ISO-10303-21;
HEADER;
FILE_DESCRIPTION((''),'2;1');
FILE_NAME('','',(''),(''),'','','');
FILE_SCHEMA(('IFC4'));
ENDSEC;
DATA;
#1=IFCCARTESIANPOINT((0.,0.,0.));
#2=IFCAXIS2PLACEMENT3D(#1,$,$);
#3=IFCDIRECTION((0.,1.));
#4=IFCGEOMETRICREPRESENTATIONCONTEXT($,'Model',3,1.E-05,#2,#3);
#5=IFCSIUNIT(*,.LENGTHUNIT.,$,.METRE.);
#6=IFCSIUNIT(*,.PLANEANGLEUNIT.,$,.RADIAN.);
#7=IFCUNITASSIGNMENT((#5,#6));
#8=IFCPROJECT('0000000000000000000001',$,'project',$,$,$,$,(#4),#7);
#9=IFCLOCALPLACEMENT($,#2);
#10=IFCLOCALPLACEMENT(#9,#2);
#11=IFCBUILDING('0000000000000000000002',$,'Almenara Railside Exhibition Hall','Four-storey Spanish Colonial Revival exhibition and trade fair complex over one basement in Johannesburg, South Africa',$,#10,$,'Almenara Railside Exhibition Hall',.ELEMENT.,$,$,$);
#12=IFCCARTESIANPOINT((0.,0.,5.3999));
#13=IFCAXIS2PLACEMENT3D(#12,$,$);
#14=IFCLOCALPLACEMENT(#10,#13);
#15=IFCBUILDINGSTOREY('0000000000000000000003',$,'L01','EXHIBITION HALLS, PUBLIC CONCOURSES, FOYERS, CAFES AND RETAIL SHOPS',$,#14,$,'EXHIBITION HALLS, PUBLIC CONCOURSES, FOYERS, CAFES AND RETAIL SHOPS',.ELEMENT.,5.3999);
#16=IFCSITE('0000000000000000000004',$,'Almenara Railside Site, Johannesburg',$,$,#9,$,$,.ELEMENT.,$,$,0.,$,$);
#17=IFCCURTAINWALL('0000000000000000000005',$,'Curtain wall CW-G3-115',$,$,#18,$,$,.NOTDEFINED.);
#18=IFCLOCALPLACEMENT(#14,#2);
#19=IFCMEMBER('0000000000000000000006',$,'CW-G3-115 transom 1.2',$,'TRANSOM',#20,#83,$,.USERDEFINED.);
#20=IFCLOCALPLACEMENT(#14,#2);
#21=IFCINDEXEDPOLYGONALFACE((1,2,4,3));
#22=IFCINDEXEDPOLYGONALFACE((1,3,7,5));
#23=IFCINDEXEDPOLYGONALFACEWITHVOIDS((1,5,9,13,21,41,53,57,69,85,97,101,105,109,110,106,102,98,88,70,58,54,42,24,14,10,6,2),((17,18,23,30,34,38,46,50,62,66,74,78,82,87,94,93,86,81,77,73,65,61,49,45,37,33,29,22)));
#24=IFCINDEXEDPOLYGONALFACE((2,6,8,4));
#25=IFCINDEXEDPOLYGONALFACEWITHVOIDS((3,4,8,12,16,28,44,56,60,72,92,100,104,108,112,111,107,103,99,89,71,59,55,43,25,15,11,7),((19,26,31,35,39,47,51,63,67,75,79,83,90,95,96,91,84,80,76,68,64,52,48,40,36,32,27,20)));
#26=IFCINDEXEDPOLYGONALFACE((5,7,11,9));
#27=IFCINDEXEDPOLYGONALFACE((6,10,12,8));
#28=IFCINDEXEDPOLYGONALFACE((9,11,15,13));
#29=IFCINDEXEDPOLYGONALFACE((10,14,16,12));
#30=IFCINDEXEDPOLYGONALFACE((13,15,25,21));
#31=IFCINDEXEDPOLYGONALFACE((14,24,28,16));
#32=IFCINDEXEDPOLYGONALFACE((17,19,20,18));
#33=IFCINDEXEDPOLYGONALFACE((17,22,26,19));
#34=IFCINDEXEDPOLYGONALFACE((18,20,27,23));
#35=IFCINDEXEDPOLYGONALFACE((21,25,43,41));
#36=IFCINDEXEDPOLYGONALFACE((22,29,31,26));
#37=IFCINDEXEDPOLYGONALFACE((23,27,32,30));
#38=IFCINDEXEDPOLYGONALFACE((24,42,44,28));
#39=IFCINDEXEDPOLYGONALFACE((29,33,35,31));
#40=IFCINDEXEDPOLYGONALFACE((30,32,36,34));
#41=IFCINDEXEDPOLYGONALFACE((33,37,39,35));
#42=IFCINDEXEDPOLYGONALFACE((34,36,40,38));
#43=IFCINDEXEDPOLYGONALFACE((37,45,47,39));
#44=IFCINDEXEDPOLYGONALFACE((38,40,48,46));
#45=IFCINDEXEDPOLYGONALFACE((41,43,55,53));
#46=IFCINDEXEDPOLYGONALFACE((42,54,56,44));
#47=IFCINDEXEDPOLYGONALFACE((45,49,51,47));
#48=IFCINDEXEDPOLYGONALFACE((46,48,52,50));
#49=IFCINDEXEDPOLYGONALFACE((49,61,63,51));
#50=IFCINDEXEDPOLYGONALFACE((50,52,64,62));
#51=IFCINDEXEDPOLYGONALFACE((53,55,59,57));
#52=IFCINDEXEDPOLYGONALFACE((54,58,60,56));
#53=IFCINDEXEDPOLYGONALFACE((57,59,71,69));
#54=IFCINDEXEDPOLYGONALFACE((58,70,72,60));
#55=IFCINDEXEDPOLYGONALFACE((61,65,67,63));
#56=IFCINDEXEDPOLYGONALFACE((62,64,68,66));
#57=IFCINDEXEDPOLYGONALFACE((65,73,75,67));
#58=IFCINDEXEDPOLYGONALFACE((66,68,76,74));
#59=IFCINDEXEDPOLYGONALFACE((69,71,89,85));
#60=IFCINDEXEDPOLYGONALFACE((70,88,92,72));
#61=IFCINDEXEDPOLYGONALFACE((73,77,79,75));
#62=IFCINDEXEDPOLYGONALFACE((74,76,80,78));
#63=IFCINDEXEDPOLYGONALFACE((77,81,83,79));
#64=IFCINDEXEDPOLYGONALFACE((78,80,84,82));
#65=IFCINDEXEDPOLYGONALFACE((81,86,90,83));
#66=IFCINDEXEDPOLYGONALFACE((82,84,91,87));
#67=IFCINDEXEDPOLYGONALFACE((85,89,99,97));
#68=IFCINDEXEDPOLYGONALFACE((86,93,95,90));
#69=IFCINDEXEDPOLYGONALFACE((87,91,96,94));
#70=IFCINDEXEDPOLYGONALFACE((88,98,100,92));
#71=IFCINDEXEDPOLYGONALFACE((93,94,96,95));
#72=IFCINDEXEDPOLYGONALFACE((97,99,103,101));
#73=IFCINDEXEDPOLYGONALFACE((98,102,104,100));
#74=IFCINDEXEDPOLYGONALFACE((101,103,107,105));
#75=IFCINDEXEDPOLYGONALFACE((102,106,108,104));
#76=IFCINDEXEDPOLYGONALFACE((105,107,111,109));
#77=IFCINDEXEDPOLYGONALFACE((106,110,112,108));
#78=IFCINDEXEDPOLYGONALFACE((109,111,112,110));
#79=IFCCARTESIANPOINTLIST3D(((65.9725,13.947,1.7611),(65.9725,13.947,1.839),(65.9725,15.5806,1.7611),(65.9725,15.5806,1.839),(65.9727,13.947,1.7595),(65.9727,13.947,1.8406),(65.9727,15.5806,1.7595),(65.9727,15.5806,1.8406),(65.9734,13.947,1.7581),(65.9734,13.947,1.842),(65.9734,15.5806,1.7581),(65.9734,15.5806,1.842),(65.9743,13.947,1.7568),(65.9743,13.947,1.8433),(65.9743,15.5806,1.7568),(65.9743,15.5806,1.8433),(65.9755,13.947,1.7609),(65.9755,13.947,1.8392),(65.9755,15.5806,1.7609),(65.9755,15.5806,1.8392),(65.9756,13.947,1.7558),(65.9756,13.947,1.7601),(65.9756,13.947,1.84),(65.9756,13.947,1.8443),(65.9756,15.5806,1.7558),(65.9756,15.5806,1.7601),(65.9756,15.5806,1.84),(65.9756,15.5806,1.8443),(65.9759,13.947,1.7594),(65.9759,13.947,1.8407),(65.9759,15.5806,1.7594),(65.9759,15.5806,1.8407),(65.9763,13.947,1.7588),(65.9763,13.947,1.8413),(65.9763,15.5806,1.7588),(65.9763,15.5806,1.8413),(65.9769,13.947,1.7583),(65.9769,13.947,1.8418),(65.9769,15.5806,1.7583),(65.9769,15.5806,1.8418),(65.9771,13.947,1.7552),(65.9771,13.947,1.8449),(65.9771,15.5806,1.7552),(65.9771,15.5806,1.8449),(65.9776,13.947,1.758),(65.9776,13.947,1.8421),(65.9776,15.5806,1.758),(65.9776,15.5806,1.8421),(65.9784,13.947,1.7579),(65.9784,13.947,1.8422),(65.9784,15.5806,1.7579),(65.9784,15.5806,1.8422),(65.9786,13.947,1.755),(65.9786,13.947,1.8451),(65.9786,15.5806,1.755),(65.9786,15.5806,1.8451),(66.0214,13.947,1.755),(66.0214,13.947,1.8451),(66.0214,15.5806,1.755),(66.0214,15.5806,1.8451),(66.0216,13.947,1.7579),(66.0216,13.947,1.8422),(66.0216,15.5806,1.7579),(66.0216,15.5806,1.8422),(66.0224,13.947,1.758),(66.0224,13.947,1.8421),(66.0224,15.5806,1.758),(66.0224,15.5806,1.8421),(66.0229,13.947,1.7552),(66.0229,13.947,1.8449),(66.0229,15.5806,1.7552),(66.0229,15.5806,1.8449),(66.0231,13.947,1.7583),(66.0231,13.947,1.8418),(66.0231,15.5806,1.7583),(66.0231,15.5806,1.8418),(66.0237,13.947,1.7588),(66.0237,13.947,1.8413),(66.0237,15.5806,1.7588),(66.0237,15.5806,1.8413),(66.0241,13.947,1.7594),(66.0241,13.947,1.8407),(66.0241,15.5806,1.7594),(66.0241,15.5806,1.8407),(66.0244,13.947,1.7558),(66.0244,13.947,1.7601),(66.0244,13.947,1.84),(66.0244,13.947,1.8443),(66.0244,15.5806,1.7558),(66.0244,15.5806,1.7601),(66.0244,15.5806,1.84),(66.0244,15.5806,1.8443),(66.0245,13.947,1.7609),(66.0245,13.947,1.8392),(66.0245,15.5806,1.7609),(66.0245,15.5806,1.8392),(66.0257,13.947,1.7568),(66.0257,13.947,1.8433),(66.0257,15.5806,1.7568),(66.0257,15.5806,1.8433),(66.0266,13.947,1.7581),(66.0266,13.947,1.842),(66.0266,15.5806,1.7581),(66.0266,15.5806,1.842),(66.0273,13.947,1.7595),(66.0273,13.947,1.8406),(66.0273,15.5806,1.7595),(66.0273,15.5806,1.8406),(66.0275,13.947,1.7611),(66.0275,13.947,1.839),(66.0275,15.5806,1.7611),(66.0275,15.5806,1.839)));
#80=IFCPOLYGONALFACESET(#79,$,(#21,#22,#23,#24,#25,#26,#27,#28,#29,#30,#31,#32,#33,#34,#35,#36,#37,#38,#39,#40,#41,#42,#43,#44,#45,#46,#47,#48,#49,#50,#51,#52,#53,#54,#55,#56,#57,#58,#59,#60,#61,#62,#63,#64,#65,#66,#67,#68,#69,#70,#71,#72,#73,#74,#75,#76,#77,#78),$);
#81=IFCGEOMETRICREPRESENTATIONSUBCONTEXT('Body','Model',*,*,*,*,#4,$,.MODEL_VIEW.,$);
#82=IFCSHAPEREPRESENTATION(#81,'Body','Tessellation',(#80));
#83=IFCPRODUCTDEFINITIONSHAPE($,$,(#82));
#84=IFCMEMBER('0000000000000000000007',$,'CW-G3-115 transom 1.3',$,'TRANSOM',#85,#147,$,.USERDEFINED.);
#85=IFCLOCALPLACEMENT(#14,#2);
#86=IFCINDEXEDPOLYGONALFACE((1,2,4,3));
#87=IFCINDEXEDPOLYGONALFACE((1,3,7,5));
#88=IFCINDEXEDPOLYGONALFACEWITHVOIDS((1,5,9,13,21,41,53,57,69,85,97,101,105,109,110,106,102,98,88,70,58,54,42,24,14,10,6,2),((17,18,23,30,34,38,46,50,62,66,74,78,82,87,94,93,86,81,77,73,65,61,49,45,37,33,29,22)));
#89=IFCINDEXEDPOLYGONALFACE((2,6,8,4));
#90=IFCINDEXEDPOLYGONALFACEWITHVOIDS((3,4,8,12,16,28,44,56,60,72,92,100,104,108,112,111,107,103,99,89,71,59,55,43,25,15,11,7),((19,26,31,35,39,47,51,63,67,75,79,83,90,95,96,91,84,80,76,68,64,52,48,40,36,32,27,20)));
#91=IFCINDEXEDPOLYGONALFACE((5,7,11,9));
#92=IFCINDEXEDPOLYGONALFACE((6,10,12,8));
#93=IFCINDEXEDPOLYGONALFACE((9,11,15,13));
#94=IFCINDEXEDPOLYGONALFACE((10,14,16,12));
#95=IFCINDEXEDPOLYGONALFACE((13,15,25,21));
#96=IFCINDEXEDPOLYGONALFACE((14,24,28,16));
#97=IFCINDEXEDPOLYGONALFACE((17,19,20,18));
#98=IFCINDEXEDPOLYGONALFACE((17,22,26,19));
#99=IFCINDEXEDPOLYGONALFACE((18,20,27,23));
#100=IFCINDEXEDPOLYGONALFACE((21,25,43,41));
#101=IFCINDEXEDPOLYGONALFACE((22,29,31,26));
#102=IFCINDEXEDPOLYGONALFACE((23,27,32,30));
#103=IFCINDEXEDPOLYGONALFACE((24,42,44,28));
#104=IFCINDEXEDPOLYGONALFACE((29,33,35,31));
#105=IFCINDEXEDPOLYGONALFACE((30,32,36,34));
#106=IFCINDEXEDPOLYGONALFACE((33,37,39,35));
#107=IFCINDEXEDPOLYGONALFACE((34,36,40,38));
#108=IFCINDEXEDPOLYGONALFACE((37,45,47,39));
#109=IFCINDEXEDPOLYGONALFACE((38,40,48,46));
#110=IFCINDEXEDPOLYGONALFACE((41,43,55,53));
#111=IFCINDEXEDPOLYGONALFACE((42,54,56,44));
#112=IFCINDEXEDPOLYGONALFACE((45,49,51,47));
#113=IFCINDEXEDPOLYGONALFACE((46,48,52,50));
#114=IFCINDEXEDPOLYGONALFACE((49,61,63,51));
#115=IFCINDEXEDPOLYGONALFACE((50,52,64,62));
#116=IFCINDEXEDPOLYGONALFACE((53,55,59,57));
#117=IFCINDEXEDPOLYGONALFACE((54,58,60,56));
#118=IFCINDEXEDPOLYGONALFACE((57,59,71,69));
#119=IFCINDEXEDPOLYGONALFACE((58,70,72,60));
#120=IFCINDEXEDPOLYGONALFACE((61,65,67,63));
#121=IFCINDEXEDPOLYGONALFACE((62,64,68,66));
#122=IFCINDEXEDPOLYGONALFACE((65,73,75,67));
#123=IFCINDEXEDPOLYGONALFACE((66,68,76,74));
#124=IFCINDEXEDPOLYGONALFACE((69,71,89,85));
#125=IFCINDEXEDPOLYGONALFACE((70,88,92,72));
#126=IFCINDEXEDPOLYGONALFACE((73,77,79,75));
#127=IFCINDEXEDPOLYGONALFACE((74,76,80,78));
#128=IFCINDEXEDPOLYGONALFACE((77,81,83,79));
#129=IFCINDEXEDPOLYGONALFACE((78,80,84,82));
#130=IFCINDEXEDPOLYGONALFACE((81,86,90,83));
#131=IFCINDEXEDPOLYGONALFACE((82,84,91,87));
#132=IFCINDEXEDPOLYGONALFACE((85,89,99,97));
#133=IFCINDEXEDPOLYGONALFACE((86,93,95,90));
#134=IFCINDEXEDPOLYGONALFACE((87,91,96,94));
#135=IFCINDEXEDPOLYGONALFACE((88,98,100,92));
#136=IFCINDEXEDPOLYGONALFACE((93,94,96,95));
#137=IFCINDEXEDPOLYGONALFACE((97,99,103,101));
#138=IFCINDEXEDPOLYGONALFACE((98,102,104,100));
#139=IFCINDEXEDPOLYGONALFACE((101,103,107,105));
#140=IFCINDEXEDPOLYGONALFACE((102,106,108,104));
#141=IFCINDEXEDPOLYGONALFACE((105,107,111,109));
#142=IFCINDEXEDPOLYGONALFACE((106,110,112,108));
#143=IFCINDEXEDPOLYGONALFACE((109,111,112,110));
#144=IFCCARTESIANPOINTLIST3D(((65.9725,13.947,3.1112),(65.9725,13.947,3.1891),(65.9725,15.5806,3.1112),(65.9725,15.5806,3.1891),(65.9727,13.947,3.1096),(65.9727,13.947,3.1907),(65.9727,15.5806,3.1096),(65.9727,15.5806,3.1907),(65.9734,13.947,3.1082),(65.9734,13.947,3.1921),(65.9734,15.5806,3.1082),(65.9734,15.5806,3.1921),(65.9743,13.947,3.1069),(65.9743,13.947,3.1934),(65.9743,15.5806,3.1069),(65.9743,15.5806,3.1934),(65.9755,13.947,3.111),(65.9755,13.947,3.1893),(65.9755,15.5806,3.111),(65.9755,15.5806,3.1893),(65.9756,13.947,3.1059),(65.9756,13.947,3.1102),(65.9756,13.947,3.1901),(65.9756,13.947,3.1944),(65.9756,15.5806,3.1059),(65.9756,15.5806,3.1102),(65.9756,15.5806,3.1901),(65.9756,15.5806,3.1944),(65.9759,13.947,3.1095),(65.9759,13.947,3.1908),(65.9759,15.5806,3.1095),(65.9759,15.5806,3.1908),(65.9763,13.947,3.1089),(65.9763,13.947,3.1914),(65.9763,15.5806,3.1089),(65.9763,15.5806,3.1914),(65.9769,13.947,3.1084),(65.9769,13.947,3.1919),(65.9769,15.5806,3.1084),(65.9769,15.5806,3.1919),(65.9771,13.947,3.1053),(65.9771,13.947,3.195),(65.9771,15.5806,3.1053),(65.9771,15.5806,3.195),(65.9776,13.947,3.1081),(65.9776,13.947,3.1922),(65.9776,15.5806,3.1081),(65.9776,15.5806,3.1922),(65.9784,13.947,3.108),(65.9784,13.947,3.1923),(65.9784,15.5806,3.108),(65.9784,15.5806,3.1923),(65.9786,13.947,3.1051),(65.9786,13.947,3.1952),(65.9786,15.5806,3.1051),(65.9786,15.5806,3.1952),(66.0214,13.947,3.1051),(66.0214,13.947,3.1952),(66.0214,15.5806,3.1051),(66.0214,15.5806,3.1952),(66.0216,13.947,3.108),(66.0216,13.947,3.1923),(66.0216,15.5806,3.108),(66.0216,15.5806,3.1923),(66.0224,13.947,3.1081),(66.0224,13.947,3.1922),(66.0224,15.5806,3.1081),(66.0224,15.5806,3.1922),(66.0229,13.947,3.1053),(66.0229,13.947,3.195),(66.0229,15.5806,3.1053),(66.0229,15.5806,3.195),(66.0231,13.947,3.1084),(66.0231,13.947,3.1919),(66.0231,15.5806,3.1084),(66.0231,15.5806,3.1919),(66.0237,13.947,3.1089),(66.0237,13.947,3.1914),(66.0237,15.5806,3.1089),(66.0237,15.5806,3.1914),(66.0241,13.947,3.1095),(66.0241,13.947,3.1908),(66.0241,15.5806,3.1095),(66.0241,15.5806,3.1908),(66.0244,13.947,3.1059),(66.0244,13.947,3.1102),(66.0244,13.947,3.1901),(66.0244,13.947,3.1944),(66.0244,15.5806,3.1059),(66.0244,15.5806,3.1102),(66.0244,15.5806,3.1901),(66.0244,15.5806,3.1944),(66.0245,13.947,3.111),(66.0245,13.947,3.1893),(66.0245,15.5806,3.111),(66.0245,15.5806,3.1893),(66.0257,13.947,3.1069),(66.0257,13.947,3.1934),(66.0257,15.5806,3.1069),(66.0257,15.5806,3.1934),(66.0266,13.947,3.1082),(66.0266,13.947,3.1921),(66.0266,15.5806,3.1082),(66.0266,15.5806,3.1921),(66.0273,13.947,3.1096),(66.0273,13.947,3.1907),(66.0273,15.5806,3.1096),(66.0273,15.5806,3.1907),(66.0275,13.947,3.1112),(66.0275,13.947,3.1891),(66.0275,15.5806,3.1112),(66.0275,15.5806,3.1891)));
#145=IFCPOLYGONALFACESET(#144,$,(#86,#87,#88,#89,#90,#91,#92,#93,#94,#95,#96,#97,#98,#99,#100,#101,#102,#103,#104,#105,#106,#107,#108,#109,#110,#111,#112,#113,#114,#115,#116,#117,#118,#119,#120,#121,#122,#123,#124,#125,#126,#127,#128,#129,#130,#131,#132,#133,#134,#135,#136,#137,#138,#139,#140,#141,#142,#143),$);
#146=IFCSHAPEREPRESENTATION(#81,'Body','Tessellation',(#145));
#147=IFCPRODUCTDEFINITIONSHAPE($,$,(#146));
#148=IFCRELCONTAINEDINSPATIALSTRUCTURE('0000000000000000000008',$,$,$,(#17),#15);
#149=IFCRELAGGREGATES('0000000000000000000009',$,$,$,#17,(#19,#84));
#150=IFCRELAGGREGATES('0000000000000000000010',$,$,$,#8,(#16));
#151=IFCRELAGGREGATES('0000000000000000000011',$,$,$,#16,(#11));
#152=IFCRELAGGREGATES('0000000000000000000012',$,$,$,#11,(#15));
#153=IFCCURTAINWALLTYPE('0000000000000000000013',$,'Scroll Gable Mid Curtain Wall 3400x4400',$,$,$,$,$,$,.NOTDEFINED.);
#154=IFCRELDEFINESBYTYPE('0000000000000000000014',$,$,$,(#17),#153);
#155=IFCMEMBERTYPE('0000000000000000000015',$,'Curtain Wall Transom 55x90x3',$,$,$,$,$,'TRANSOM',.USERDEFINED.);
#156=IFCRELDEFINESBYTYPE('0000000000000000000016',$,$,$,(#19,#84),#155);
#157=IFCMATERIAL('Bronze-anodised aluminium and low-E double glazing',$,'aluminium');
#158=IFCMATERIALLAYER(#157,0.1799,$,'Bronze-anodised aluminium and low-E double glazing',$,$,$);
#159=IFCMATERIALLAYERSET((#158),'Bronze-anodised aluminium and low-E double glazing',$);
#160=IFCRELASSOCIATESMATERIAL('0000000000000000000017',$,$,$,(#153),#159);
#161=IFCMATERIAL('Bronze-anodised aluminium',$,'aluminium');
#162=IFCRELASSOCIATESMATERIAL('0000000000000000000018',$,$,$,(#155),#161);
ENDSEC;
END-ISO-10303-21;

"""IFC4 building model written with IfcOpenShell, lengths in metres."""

from ifc_helpers import new_model, si_unit, direction, frame, origin, origin_2d, place, context, subcontext, project, spatial, hollow_rectangle, extrude, material, layer, layer_set, material_profile, profile_set, type_object, element, aggregate, save


model = new_model("IFC4")

# Units and contexts
model_context = context("Model", 3, precision=1e-05, world=origin(), true_north=direction((0.0, 1.0)))
body_context = subcontext(model_context, "Body", "Model", "MODEL_VIEW")
ifc_project = project(units=[si_unit("LENGTHUNIT", "METRE"), si_unit("PLANEANGLEUNIT", "RADIAN")], contexts=[model_context])

# Site, building, storey
site_placement = place(None, origin())
site = spatial("IfcSite", under=ifc_project, at=site_placement, Name="Almenara Railside Site, Johannesburg", CompositionType="ELEMENT", RefElevation=0.0)
building_placement = place(site_placement, origin())
building = spatial("IfcBuilding", under=site, at=building_placement, Name="Almenara Railside Exhibition Hall", Description="Four-storey Spanish Colonial Revival exhibition and trade fair complex over one basement in Johannesburg, South Africa", LongName="Almenara Railside Exhibition Hall", CompositionType="ELEMENT")
storey_placement = place(building_placement, frame((0.0, 0.0, 5.3999)))
storey = spatial("IfcBuildingStorey", under=building, at=storey_placement, Name="L01", Description="EXHIBITION HALLS, PUBLIC CONCOURSES, FOYERS, CAFES AND RETAIL SHOPS", LongName="EXHIBITION HALLS, PUBLIC CONCOURSES, FOYERS, CAFES AND RETAIL SHOPS", CompositionType="ELEMENT", Elevation=5.3999)

# Curtain wall
ifc_material_1 = material(Name="Bronze-anodised aluminium and low-E double glazing", Category="aluminium")
ifc_layer_1 = layer(ifc_material_1, 0.1799, Name="Bronze-anodised aluminium and low-E double glazing")
ifc_layer_set_1 = layer_set([ifc_layer_1], Name="Bronze-anodised aluminium and low-E double glazing")
curtain_wall_type_1 = type_object("IfcCurtainWallType", Name="Scroll Gable Mid Curtain Wall 3400x4400", PredefinedType="NOTDEFINED", material=ifc_layer_set_1)
curtain_wall_1_placement = place(storey_placement, origin())
curtain_wall_1 = element("IfcCurtainWall", 1, at=curtain_wall_1_placement, inside=storey, type_object=curtain_wall_type_1, Name="Curtain wall CW-G3-115", PredefinedType="NOTDEFINED")
ifc_material_2 = material(Name="Bronze-anodised aluminium", Category="aluminium")

# Members
ifc_material_profile_1 = material_profile(ifc_material_2, hollow_rectangle(XDim=0.0549, YDim=0.0901, WallThickness=0.0029, InnerFilletRadius=0.0029, OuterFilletRadius=0.0061, at=origin_2d()), Name="ALU-TRN 55x90x3")
ifc_profile_set_1 = profile_set([ifc_material_profile_1], Name="Bronze-anodised aluminium")
member_type_1 = type_object("IfcMemberType", Name="Curtain Wall Transom 55x90x3", ElementType="TRANSOM", PredefinedType="USERDEFINED", material=ifc_profile_set_1)
member_1_placement = place(storey_placement, frame((66.0, 13.947, 1.8), z_axis=(0.0, 1.0, 0.0), x_axis=(-1.0, 0.0, 0.0)))
member_1 = element("IfcMember", 2, at=member_1_placement, type_object=member_type_1, Name="CW-G3-115 transom 1.2", ObjectType="TRANSOM", PredefinedType="USERDEFINED", context=body_context, shape_type="SweptSolid", body=[
    extrude(hollow_rectangle(XDim=0.0549, YDim=0.0901, WallThickness=0.0029, InnerFilletRadius=0.0029, OuterFilletRadius=0.0061, at=origin_2d()), origin(), (0.0, 0.0, 1.0), 1.6335),
])
member_2_placement = place(storey_placement, frame((66.0, 13.947, 3.1501), z_axis=(0.0, 1.0, 0.0), x_axis=(-1.0, 0.0, 0.0)))
member_2 = element("IfcMember", 3, at=member_2_placement, type_object=member_type_1, Name="CW-G3-115 transom 1.3", ObjectType="TRANSOM", PredefinedType="USERDEFINED", context=body_context, shape_type="SweptSolid", body=[
    extrude(hollow_rectangle(XDim=0.0549, YDim=0.0901, WallThickness=0.0029, InnerFilletRadius=0.0029, OuterFilletRadius=0.0061, at=origin_2d()), origin(), (0.0, 0.0, 1.0), 1.6335),
])

aggregate(curtain_wall_1, [member_1, member_2])

save(model, "model.ifc")
